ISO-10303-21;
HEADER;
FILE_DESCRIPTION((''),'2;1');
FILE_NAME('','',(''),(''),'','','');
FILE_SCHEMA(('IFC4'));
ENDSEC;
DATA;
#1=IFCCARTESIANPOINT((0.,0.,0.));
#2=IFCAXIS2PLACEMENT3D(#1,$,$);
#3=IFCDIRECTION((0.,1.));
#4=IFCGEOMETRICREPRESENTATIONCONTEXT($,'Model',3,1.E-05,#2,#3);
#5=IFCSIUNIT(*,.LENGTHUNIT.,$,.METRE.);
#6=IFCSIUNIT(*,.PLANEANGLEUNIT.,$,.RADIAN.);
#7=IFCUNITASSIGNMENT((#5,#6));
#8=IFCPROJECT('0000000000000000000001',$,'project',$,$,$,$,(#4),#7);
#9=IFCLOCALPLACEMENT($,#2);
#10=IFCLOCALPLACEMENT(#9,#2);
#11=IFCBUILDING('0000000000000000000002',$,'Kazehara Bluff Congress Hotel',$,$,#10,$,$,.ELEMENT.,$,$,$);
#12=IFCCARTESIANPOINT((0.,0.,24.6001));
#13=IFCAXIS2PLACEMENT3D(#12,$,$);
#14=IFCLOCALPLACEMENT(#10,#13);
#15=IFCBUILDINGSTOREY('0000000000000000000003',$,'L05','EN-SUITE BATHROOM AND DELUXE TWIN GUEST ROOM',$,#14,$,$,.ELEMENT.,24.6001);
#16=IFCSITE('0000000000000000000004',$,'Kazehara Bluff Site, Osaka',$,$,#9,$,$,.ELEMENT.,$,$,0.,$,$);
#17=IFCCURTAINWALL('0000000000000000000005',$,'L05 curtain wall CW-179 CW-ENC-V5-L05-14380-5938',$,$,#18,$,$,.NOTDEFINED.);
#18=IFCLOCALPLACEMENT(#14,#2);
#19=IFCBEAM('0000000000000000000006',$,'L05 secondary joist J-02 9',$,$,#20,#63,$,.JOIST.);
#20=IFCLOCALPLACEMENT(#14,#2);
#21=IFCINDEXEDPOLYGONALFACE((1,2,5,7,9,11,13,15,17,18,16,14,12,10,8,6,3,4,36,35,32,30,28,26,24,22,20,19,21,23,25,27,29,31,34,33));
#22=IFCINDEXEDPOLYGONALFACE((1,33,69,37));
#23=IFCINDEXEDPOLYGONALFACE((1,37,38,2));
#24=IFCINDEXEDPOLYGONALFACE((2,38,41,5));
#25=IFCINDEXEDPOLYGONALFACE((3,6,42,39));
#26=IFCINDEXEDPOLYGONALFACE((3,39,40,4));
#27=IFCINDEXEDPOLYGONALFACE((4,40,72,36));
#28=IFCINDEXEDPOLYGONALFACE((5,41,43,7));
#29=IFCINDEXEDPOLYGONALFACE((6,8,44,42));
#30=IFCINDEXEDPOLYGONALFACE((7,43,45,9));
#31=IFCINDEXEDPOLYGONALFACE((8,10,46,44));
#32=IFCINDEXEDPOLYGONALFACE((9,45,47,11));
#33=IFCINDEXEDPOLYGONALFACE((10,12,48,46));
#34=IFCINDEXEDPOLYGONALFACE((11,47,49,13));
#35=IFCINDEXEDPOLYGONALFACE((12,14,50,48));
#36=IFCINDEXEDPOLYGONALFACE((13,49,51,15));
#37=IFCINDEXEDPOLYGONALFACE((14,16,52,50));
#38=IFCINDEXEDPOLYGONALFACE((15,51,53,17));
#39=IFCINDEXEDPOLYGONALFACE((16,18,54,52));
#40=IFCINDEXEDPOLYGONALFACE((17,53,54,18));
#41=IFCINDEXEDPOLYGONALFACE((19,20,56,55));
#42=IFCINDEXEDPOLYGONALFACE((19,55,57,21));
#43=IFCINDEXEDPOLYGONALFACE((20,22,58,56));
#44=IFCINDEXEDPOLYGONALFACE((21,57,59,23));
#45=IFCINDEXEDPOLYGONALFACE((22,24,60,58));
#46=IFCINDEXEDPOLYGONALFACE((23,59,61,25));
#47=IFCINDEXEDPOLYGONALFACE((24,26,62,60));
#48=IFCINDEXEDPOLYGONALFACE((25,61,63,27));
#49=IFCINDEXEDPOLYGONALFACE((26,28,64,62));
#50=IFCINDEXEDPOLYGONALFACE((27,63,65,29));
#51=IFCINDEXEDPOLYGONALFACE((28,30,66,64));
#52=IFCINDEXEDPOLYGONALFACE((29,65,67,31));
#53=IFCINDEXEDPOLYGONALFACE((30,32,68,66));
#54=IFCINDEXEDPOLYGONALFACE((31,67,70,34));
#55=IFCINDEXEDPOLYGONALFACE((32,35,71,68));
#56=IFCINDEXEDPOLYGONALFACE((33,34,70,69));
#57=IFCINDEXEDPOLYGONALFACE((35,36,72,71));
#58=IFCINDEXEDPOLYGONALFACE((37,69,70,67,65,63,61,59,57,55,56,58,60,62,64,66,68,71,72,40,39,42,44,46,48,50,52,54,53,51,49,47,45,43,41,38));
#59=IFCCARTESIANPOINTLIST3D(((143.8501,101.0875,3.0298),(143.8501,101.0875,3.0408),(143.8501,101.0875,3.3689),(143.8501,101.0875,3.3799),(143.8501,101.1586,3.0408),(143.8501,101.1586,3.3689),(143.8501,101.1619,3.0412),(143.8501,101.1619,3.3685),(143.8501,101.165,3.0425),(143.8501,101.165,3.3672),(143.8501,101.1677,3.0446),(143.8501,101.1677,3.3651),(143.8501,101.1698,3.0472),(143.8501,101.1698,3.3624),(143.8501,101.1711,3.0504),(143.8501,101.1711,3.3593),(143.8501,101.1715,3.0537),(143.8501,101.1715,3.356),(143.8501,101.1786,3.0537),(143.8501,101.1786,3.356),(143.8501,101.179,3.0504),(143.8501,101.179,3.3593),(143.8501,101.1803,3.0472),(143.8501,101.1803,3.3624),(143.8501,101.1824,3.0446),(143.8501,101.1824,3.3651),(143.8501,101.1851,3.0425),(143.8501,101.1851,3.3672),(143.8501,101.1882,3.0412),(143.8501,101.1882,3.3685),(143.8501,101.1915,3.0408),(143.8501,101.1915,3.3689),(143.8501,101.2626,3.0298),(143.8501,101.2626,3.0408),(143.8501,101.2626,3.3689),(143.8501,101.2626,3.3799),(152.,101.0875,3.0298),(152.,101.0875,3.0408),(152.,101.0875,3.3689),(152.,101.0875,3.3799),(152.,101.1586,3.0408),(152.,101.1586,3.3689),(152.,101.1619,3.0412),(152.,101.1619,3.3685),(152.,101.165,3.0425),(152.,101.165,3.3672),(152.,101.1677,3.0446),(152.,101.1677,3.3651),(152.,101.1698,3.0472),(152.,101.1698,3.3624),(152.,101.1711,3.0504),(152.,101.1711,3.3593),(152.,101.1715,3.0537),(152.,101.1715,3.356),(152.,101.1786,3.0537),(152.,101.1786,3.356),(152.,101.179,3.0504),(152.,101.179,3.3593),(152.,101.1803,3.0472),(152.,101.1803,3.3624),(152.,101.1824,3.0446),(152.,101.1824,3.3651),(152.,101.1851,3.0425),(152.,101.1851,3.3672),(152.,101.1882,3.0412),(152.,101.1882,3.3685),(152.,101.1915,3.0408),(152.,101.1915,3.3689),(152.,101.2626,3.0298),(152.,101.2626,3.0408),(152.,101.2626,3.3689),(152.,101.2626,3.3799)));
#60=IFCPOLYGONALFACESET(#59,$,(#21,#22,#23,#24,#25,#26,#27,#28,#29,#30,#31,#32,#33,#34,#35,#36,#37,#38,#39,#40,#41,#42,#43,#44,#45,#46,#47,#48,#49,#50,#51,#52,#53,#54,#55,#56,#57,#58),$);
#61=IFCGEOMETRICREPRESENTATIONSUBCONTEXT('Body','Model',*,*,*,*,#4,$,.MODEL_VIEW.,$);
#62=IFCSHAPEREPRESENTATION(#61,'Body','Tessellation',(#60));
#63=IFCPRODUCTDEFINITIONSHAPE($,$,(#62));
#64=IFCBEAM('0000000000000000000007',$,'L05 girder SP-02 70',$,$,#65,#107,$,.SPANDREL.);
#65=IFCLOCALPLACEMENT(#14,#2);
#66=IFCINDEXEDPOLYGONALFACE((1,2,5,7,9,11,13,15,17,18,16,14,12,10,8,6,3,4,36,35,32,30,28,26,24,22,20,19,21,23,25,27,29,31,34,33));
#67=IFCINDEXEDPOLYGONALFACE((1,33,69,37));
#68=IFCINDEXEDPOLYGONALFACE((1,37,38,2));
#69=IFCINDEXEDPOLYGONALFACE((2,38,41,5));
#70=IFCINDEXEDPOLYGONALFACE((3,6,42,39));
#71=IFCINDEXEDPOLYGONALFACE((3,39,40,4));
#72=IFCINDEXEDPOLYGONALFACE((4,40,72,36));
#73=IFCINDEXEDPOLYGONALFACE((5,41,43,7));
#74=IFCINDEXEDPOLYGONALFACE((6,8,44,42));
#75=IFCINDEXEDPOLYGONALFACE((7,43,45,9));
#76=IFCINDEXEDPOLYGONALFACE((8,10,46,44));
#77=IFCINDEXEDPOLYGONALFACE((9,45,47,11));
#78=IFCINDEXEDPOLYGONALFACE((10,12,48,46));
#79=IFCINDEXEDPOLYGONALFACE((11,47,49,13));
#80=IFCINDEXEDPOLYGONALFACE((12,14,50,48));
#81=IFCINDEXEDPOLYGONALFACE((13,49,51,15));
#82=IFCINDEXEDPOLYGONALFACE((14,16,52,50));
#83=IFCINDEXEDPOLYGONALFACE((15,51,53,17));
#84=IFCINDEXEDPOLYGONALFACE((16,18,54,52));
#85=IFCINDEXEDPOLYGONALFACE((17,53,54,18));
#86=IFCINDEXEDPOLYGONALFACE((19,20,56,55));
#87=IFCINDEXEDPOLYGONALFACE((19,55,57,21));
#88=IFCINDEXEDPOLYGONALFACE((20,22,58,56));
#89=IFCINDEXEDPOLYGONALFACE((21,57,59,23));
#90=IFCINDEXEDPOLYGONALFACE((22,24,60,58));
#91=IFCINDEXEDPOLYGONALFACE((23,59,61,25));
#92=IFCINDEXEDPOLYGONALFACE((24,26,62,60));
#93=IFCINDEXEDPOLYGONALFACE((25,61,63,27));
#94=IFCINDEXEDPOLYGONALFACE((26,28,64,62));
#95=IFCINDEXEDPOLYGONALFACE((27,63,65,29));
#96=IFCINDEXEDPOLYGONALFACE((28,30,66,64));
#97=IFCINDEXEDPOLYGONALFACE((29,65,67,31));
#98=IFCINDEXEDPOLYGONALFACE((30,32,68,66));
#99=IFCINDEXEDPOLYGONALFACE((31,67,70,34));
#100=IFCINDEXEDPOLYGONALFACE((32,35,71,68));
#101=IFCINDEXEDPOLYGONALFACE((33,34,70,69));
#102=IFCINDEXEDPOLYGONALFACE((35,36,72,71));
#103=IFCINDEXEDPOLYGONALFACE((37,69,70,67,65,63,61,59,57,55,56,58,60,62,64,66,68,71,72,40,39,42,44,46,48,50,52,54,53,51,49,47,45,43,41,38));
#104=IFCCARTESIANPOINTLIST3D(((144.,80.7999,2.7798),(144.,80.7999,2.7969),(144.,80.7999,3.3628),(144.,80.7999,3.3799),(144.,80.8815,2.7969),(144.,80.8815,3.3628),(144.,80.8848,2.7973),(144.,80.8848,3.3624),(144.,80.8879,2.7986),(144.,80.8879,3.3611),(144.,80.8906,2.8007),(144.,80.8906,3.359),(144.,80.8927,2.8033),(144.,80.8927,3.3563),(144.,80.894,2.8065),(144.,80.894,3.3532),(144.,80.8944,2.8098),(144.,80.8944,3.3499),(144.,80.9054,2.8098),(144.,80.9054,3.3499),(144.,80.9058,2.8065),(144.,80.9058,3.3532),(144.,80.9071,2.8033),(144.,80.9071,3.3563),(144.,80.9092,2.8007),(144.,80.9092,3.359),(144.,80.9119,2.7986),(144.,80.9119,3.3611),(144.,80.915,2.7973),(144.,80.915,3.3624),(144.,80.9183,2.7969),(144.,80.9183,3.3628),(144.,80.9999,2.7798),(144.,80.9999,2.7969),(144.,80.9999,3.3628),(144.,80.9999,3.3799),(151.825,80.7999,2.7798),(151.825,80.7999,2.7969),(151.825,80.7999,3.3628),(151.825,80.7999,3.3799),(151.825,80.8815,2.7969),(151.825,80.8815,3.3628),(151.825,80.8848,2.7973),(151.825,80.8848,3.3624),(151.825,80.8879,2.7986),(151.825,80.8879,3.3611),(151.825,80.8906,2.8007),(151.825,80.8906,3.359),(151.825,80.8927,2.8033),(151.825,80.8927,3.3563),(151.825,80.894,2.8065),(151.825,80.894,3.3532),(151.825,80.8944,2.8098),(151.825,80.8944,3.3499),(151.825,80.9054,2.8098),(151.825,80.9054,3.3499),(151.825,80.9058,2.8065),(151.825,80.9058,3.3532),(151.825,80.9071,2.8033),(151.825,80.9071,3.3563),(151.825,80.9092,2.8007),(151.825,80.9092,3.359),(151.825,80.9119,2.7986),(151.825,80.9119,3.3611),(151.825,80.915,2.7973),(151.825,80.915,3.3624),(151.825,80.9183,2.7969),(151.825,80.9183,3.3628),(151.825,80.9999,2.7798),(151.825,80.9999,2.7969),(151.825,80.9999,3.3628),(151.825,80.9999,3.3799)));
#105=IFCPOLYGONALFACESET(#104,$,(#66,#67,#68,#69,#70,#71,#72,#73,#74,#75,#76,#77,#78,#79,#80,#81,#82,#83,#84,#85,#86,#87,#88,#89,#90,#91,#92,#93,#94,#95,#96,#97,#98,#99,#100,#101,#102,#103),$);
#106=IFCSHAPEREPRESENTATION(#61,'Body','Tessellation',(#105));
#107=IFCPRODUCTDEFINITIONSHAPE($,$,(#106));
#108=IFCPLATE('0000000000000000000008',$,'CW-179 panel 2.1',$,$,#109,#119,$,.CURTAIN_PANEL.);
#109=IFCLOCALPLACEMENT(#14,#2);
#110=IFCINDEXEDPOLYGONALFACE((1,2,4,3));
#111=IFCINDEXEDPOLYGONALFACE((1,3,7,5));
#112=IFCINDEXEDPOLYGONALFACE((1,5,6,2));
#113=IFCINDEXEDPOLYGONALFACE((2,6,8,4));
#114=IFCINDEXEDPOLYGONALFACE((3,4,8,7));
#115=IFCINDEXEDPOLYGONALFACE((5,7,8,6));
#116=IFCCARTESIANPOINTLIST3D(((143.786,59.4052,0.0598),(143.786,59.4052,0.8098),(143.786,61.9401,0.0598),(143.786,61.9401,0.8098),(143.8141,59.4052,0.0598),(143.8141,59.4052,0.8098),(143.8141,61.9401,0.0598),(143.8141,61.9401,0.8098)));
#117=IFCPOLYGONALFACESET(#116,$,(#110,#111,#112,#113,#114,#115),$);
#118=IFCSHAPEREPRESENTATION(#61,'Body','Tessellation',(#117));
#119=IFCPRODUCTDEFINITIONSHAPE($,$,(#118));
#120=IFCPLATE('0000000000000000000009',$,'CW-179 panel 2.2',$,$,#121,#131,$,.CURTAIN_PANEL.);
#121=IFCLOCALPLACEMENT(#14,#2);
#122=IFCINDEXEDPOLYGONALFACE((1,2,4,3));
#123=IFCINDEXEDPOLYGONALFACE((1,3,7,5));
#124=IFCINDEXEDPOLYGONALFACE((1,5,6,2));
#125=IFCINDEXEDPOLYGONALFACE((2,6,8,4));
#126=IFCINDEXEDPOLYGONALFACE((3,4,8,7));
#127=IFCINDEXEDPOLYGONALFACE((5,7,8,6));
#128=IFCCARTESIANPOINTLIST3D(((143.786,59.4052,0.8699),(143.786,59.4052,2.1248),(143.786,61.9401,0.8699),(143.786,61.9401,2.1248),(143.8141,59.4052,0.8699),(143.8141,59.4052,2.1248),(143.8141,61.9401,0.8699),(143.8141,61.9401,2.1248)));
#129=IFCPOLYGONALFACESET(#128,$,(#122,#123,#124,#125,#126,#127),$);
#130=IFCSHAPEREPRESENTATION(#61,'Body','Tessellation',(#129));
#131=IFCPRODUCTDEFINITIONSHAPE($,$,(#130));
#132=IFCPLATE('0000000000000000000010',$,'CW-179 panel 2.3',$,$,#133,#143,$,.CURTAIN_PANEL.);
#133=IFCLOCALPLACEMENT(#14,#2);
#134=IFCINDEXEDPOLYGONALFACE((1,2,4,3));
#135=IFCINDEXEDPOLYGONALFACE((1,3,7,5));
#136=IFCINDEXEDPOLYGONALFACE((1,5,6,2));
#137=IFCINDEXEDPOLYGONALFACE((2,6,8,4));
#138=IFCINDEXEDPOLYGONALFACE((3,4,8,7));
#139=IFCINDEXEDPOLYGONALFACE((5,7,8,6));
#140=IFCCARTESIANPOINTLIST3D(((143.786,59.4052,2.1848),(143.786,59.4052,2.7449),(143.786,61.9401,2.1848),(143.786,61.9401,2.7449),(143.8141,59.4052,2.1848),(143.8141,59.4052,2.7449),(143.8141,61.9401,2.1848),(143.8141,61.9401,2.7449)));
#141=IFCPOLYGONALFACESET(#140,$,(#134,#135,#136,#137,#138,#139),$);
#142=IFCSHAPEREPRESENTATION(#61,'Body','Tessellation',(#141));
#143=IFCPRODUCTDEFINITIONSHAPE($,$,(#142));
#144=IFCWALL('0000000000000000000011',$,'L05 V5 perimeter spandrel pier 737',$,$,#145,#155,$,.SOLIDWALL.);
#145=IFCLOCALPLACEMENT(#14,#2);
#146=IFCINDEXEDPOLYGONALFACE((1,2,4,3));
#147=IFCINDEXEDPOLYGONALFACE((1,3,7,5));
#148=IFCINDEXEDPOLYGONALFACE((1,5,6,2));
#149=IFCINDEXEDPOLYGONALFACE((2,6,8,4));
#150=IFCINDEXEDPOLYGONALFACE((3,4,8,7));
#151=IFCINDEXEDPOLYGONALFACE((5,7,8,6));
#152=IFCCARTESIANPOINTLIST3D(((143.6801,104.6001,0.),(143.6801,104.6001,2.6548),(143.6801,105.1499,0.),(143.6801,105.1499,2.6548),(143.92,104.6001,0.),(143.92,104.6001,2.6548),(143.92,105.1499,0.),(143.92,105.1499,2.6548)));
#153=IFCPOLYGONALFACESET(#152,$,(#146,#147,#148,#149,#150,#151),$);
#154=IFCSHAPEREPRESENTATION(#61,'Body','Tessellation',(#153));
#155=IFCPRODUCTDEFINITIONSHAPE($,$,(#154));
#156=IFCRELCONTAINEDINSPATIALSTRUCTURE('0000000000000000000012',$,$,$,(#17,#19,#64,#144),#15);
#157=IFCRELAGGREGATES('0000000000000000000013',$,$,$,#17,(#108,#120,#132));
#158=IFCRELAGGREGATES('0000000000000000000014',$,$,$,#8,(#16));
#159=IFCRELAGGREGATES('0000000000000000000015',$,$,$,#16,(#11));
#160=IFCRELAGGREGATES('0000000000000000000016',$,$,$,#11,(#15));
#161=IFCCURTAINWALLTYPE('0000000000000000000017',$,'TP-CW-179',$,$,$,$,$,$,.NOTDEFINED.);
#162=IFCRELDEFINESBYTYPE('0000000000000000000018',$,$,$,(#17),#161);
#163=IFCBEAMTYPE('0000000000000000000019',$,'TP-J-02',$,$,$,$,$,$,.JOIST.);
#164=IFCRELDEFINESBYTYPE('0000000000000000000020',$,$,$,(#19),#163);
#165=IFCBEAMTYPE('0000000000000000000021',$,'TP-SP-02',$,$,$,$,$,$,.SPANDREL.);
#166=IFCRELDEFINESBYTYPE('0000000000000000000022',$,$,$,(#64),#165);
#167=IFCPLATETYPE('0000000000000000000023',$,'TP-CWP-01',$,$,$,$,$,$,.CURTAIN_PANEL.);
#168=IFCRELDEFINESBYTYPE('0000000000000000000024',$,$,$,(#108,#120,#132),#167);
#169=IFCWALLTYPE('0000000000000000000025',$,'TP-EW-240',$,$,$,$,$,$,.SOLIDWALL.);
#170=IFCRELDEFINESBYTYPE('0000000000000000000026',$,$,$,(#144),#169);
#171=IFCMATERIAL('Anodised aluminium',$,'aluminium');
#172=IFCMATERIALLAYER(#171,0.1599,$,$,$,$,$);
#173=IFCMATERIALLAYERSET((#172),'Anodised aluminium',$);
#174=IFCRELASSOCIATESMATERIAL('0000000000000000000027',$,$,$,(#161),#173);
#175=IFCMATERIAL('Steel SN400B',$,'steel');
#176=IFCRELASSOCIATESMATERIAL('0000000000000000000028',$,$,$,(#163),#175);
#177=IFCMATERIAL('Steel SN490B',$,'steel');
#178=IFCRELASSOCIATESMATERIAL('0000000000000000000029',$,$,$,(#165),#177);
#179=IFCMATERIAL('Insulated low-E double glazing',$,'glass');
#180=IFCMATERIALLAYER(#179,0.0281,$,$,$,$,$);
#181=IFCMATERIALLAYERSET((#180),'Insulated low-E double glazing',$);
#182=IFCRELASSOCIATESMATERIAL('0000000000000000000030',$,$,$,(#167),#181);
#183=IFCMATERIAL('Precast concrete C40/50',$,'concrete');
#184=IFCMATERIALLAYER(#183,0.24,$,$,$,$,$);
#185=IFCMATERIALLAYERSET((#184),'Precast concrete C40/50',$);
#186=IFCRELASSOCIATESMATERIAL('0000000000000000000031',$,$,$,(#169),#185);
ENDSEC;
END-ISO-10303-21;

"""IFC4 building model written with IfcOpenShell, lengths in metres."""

from ifc_helpers import new_model, si_unit, direction, frame, frame_2d, origin, origin_2d, place, context, subcontext, project, spatial, rectangle, i_section, extrude, material, layer, layer_set, material_profile, profile_set, type_object, element, aggregate, save


model = new_model("IFC4")

# Units and contexts
model_context = context("Model", 3, precision=1e-05, world=origin(), true_north=direction((0.0, 1.0)))
body_context = subcontext(model_context, "Body", "Model", "MODEL_VIEW")
ifc_project = project(units=[si_unit("LENGTHUNIT", "METRE"), si_unit("PLANEANGLEUNIT", "RADIAN")], contexts=[model_context])

# Site, building, storey
site_placement = place(None, origin())
site = spatial("IfcSite", under=ifc_project, at=site_placement, Name="Kazehara Bluff Site, Osaka", CompositionType="ELEMENT", RefElevation=0.0)
building_placement = place(site_placement, origin())
building = spatial("IfcBuilding", under=site, at=building_placement, Name="Kazehara Bluff Congress Hotel", CompositionType="ELEMENT")
storey_placement = place(building_placement, frame((0.0, 0.0, 24.6001)))
storey = spatial("IfcBuildingStorey", under=building, at=storey_placement, Name="L05", Description="EN-SUITE BATHROOM AND DELUXE TWIN GUEST ROOM", CompositionType="ELEMENT", Elevation=24.6001)

# Curtain wall
ifc_material_1 = material(Name="Anodised aluminium", Category="aluminium")
ifc_layer_1 = layer(ifc_material_1, 0.1599)
ifc_layer_set_1 = layer_set([ifc_layer_1], Name="Anodised aluminium")
curtain_wall_type_1 = type_object("IfcCurtainWallType", Name="TP-CW-179", PredefinedType="NOTDEFINED", material=ifc_layer_set_1)
curtain_wall_1_placement = place(storey_placement, origin())
curtain_wall_1 = element("IfcCurtainWall", 1, at=curtain_wall_1_placement, inside=storey, type_object=curtain_wall_type_1, Name="L05 curtain wall CW-179 CW-ENC-V5-L05-14380-5938", PredefinedType="NOTDEFINED")

# Beams
ifc_material_2 = material(Name="Steel SN400B", Category="steel")
ifc_material_profile_1 = material_profile(ifc_material_2, i_section(OverallWidth=0.175, OverallDepth=0.3501, WebThickness=0.0071, FlangeThickness=0.011, FilletRadius=0.0129, at=origin_2d()))
ifc_profile_set_1 = profile_set([ifc_material_profile_1], Name="Steel SN400B")
beam_type_1 = type_object("IfcBeamType", Name="TP-J-02", PredefinedType="JOIST", material=ifc_profile_set_1)
for number, where, z_axis, x_axis, name in (
    (2, (143.8501, 101.175, 3.2048), (1.0, 0.0, 0.0), (0.0, 1.0, 0.0), "L05 secondary joist J-02 9"),
):
    element("IfcBeam", number, at=place(storey_placement, frame(where, z_axis=z_axis, x_axis=x_axis)), inside=storey, type_object=beam_type_1, Name=name, PredefinedType="JOIST", context=body_context, shape_type="SweptSolid", body=[
        extrude(i_section(OverallWidth=0.175, OverallDepth=0.3501, WebThickness=0.0071, FlangeThickness=0.011, FilletRadius=0.0129, at=origin_2d()), origin(), (0.0, 0.0, 1.0), 8.1499),
    ])
ifc_material_3 = material(Name="Steel SN490B", Category="steel")
ifc_material_profile_2 = material_profile(ifc_material_3, i_section(OverallWidth=0.2, OverallDepth=0.6001, WebThickness=0.011, FlangeThickness=0.0171, FilletRadius=0.0129, at=origin_2d()))
ifc_profile_set_2 = profile_set([ifc_material_profile_2], Name="Steel SN490B")
beam_type_2 = type_object("IfcBeamType", Name="TP-SP-02", PredefinedType="SPANDREL", material=ifc_profile_set_2)
beam_placement = place(storey_placement, frame((144.0, 80.8999, 3.0798), z_axis=(1.0, 0.0, 0.0), x_axis=(0.0, 1.0, 0.0)))
element("IfcBeam", 3, at=beam_placement, inside=storey, type_object=beam_type_2, Name="L05 girder SP-02 70", PredefinedType="SPANDREL", context=body_context, shape_type="SweptSolid", body=[
    extrude(i_section(OverallWidth=0.2, OverallDepth=0.6001, WebThickness=0.011, FlangeThickness=0.0171, FilletRadius=0.0129, at=origin_2d()), origin(), (0.0, 0.0, 1.0), 7.825),
])

# Plates
ifc_material_4 = material(Name="Insulated low-E double glazing", Category="glass")
ifc_layer_2 = layer(ifc_material_4, 0.0281)
ifc_layer_set_2 = layer_set([ifc_layer_2], Name="Insulated low-E double glazing")
plate_type = type_object("IfcPlateType", Name="TP-CWP-01", PredefinedType="CURTAIN_PANEL", material=ifc_layer_set_2)
plate_1_placement = place(storey_placement, frame((143.8, 60.6726, 0.0598), z_axis=(0.0, 0.0, 1.0), x_axis=(0.0, 1.0, 0.0)))
plate_1 = element("IfcPlate", 4, at=plate_1_placement, type_object=plate_type, Name="CW-179 panel 2.1", PredefinedType="CURTAIN_PANEL", context=body_context, shape_type="SweptSolid", body=[
    extrude(rectangle(XDim=2.5349, YDim=0.0281, at=origin_2d()), origin(), (0.0, 0.0, 1.0), 0.75),
])
plate_2_placement = place(storey_placement, frame((143.8, 60.6726, 0.8699), z_axis=(0.0, 0.0, 1.0), x_axis=(0.0, 1.0, 0.0)))
plate_2 = element("IfcPlate", 5, at=plate_2_placement, type_object=plate_type, Name="CW-179 panel 2.2", PredefinedType="CURTAIN_PANEL", context=body_context, shape_type="SweptSolid", body=[
    extrude(rectangle(XDim=2.5349, YDim=0.0281, at=origin_2d()), origin(), (0.0, 0.0, 1.0), 1.2549),
])
plate_3_placement = place(storey_placement, frame((143.8, 60.6726, 2.1848), z_axis=(0.0, 0.0, 1.0), x_axis=(0.0, 1.0, 0.0)))
plate_3 = element("IfcPlate", 6, at=plate_3_placement, type_object=plate_type, Name="CW-179 panel 2.3", PredefinedType="CURTAIN_PANEL", context=body_context, shape_type="SweptSolid", body=[
    extrude(rectangle(XDim=2.5349, YDim=0.0281, at=origin_2d()), origin(), (0.0, 0.0, 1.0), 0.5601),
])
aggregate(curtain_wall_1, [plate_1, plate_2, plate_3])

# Wall
ifc_material_5 = material(Name="Precast concrete C40/50", Category="concrete")
ifc_layer_3 = layer(ifc_material_5, 0.24)
ifc_layer_set_3 = layer_set([ifc_layer_3], Name="Precast concrete C40/50")
wall_type = type_object("IfcWallType", Name="TP-EW-240", PredefinedType="SOLIDWALL", material=ifc_layer_set_3)
wall_placement = place(storey_placement, frame((143.8, 104.6001, 0.0), z_axis=(0.0, 0.0, 1.0), x_axis=(0.0, 1.0, 0.0)))
element("IfcWall", 7, at=wall_placement, inside=storey, type_object=wall_type, Name="L05 V5 perimeter spandrel pier 737", PredefinedType="SOLIDWALL", context=body_context, shape_type="SweptSolid", body=[
    extrude(rectangle(XDim=0.5498, YDim=0.24, at=frame_2d((0.2749, 0.0))), origin(), (0.0, 0.0, 1.0), 2.6548),
])

save(model, "model.ifc")
